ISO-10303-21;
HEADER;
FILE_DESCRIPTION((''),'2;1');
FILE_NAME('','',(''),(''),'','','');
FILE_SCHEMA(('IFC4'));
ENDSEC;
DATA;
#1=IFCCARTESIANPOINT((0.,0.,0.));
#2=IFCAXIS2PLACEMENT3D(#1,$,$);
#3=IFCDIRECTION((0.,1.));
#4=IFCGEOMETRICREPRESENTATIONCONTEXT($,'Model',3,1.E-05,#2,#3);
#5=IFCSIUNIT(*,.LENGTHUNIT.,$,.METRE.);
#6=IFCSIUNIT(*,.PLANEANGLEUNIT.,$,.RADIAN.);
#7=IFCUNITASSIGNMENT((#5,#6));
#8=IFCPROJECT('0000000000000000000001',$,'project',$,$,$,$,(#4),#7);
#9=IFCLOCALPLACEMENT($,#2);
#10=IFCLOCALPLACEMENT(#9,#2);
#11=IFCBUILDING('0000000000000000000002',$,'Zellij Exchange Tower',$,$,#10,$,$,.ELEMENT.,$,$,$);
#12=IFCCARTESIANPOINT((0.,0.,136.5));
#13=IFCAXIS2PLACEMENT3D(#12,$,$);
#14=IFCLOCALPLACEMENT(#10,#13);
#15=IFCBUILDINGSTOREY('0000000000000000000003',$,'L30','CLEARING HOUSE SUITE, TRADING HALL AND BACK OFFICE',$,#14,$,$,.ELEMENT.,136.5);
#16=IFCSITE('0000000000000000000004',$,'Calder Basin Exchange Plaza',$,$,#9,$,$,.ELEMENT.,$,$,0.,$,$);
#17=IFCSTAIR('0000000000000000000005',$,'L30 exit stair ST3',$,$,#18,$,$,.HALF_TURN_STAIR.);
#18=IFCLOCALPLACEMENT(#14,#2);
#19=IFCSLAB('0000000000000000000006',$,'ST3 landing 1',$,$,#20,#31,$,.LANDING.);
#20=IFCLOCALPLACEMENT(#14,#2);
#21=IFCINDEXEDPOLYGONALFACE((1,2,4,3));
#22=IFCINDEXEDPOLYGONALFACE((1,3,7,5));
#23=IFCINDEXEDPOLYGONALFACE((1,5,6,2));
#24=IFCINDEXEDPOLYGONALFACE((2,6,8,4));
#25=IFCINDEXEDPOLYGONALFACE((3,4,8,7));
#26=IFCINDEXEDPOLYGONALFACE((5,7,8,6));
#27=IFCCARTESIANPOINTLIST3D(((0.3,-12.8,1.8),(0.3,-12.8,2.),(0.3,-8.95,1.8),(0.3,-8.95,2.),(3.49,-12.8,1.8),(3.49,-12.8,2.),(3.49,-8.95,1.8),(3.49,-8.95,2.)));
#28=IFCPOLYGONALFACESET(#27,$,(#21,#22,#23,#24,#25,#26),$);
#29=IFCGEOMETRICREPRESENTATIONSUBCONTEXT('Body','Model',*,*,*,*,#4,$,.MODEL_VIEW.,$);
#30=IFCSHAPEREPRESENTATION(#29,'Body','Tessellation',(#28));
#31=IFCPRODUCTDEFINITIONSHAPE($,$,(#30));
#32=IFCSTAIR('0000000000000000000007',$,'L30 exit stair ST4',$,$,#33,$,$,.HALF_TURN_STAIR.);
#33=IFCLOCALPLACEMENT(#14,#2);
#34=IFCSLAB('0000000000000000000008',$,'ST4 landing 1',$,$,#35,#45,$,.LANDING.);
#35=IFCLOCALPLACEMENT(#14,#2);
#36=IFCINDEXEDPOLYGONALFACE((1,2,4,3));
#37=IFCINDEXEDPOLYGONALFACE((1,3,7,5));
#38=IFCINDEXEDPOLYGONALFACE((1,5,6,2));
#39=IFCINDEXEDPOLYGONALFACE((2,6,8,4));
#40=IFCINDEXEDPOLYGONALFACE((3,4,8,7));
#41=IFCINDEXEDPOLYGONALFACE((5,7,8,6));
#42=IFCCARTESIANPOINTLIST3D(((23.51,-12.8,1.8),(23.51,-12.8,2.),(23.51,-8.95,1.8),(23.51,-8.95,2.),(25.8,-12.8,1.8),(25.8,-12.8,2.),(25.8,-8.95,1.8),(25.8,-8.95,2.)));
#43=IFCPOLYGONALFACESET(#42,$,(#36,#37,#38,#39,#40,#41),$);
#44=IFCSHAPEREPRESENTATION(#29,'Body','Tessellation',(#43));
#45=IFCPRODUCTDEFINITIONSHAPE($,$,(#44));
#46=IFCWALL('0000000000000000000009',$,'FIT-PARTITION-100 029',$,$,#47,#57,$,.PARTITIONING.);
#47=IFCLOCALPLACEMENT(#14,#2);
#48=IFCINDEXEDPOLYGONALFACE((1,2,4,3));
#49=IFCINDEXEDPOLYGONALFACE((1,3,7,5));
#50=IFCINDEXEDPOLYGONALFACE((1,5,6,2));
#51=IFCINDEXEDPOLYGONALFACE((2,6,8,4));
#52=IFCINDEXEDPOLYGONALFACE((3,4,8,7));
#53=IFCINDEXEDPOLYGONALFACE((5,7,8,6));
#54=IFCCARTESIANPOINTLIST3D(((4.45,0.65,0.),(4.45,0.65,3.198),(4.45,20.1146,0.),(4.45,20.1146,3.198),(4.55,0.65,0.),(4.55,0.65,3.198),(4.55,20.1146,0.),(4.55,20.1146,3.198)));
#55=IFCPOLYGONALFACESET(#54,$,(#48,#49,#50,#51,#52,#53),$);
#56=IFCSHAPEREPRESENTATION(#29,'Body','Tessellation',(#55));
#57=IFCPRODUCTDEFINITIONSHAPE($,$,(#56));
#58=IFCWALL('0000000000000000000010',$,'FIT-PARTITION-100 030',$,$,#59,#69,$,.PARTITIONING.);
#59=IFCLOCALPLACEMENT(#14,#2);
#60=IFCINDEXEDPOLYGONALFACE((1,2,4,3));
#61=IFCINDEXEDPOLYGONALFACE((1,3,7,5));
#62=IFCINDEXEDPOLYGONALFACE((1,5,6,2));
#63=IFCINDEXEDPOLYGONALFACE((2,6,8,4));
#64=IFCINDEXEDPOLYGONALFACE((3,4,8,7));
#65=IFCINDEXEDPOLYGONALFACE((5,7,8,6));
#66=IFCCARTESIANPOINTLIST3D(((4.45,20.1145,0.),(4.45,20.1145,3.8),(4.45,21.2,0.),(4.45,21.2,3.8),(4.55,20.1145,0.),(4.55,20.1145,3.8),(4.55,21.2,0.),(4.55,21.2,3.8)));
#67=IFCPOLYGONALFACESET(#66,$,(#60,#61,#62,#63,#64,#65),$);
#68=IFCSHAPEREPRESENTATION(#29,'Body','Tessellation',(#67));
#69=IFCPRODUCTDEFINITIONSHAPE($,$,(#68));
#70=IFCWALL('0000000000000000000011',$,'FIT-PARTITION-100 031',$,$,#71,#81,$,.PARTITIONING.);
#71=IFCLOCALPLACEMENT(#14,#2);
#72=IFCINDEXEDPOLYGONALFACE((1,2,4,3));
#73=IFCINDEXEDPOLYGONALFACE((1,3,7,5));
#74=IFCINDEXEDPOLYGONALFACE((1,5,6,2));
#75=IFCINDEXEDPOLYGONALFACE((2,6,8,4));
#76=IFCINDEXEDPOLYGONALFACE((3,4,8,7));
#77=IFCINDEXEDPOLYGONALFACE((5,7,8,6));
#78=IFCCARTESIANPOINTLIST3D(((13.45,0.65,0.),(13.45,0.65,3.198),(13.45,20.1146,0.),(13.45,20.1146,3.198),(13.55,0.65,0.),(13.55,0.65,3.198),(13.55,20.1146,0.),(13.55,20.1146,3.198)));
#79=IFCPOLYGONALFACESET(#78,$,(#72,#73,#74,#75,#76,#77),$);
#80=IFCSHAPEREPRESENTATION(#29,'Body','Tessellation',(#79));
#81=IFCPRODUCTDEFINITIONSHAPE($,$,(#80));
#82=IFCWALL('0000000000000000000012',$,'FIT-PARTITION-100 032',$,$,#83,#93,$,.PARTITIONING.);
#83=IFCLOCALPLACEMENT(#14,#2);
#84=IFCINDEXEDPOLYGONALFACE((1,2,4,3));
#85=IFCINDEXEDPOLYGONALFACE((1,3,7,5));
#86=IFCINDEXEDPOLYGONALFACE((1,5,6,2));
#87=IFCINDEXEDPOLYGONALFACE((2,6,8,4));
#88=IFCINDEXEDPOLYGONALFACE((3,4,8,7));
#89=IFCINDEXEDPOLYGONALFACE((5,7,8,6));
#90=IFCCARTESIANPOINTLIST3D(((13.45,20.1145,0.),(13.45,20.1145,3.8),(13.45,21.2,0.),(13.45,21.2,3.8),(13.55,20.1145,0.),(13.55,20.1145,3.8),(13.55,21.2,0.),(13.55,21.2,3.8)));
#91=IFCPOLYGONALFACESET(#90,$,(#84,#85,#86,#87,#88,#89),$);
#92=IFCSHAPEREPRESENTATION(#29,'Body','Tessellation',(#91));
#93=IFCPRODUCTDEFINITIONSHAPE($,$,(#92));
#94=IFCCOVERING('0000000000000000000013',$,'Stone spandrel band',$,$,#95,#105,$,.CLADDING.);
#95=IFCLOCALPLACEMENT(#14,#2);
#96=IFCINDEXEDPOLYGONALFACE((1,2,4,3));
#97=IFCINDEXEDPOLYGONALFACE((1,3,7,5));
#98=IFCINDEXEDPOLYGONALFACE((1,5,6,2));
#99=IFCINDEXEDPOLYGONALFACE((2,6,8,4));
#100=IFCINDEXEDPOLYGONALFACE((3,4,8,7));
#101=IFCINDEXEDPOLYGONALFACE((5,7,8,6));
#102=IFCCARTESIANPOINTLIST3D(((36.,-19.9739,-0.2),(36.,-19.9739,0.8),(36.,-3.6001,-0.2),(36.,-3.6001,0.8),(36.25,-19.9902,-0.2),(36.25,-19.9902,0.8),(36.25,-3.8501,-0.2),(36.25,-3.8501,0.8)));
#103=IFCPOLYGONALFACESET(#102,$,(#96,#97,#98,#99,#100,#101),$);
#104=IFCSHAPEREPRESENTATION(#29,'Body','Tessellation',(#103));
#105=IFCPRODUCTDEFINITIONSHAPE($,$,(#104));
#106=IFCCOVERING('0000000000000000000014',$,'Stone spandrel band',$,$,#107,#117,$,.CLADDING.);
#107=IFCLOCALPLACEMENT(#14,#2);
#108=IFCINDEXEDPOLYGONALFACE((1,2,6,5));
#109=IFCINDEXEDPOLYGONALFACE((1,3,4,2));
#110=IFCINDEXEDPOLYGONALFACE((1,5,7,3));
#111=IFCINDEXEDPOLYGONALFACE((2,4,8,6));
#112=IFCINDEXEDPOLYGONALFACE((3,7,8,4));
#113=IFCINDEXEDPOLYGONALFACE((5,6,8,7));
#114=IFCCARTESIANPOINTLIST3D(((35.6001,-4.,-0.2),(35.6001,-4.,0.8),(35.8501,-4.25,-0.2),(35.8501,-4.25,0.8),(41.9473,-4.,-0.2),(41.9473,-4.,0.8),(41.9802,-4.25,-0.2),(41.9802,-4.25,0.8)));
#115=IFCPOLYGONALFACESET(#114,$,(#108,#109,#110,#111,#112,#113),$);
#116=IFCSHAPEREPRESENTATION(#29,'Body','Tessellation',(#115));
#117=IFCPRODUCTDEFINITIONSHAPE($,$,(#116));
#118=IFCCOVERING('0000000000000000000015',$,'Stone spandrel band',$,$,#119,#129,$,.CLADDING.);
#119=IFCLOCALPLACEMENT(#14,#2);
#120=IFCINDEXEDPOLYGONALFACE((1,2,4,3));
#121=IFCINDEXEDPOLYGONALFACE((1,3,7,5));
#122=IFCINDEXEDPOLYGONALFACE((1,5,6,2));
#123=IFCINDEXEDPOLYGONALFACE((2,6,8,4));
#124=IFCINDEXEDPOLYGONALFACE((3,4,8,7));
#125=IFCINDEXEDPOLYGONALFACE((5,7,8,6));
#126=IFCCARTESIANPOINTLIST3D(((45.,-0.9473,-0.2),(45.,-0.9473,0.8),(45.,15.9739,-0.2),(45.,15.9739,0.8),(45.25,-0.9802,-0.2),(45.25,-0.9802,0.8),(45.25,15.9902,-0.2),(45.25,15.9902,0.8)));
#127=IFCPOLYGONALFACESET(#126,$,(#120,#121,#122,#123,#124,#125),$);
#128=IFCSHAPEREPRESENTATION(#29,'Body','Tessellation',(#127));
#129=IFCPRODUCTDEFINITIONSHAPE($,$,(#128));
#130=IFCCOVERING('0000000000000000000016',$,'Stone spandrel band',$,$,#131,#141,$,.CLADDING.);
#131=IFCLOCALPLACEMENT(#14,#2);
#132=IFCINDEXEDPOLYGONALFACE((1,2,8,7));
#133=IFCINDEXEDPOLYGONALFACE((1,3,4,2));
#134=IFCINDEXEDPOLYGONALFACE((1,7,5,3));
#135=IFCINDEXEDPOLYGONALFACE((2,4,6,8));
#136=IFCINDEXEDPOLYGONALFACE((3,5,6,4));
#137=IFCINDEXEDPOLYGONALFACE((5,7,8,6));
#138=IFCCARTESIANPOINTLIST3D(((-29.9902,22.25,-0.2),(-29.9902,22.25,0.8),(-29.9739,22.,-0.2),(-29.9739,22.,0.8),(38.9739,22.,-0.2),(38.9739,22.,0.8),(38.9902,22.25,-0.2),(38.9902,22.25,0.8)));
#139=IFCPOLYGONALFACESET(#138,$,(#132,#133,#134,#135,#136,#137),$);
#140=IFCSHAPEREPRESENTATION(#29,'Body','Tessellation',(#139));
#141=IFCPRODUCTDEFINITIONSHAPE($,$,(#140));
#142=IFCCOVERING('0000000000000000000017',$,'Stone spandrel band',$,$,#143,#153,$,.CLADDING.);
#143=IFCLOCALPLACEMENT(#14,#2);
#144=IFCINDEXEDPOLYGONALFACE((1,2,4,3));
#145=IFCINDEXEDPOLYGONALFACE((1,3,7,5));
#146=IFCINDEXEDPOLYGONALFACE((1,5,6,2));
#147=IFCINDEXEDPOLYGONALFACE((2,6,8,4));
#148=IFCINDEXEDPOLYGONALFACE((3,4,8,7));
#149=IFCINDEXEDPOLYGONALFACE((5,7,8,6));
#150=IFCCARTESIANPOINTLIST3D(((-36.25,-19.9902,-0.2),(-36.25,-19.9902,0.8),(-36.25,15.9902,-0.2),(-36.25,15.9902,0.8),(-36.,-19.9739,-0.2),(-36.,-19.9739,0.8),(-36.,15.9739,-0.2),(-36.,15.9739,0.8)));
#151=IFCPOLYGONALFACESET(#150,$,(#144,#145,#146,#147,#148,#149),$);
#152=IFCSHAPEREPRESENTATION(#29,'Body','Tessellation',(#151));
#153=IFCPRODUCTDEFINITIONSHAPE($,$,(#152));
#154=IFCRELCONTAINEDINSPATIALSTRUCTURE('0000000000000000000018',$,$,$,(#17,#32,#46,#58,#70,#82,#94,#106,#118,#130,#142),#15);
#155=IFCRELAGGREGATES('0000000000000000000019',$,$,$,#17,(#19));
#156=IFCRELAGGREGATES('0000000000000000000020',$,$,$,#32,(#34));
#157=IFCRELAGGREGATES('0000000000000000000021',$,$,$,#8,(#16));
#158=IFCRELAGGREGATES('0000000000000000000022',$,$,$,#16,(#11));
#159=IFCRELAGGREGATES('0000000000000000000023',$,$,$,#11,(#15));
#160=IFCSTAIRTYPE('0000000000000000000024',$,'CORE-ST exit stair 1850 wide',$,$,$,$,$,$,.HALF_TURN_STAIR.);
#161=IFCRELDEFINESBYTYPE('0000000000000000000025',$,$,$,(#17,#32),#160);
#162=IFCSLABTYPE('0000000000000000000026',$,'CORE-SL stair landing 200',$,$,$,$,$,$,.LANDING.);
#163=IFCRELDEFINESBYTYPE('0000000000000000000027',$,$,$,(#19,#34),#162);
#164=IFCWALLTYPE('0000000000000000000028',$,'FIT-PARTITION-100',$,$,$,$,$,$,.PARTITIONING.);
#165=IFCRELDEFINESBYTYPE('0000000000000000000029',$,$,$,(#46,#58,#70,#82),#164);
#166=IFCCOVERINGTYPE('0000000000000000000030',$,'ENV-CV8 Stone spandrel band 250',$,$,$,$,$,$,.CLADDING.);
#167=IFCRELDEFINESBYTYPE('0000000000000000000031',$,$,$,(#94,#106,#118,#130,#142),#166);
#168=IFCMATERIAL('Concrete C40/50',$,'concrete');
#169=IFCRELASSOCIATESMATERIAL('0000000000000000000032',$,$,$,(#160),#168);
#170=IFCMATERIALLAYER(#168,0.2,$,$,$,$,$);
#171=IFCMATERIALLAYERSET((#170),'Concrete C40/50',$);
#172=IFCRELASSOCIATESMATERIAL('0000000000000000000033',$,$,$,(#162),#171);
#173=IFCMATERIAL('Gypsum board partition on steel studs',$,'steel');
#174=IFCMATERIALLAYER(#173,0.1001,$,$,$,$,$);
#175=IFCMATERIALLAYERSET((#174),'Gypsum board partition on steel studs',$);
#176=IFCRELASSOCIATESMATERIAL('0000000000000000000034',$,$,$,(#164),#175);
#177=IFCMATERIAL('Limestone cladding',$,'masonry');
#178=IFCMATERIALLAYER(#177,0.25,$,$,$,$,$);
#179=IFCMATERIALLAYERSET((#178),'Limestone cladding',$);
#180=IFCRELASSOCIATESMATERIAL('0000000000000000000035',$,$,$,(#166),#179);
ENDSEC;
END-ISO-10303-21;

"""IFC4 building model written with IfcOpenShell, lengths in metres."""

from ifc_helpers import new_model, si_unit, direction, frame, frame_2d, origin, place, context, subcontext, project, spatial, polyline, rectangle, outline, extrude, material, layer, layer_set, type_object, element, aggregate, save


model = new_model("IFC4")

# Units and contexts
model_context = context("Model", 3, precision=1e-05, world=origin(), true_north=direction((0.0, 1.0)))
body_context = subcontext(model_context, "Body", "Model", "MODEL_VIEW")
ifc_project = project(units=[si_unit("LENGTHUNIT", "METRE"), si_unit("PLANEANGLEUNIT", "RADIAN")], contexts=[model_context])

# Site, building, storey
site_placement = place(None, origin())
site = spatial("IfcSite", under=ifc_project, at=site_placement, Name="Calder Basin Exchange Plaza", CompositionType="ELEMENT", RefElevation=0.0)
building_placement = place(site_placement, origin())
building = spatial("IfcBuilding", under=site, at=building_placement, Name="Zellij Exchange Tower", CompositionType="ELEMENT")
storey_placement = place(building_placement, frame((0.0, 0.0, 136.5)))
storey = spatial("IfcBuildingStorey", under=building, at=storey_placement, Name="L30", Description="CLEARING HOUSE SUITE, TRADING HALL AND BACK OFFICE", CompositionType="ELEMENT", Elevation=136.5)

# Stairs, slabs
ifc_material_1 = material(Name="Concrete C40/50", Category="concrete")
stair_type = type_object("IfcStairType", Name="CORE-ST exit stair 1850 wide", PredefinedType="HALF_TURN_STAIR", material=ifc_material_1)
ifc_layer_1 = layer(ifc_material_1, 0.2)
ifc_layer_set_1 = layer_set([ifc_layer_1], Name="Concrete C40/50")
slab_type = type_object("IfcSlabType", Name="CORE-SL stair landing 200", PredefinedType="LANDING", material=ifc_layer_set_1)
stair_1_placement = place(storey_placement, origin())
stair_1 = element("IfcStair", 1, at=stair_1_placement, inside=storey, type_object=stair_type, Name="L30 exit stair ST3", PredefinedType="HALF_TURN_STAIR")
slab_1_placement = place(storey_placement, frame((0.0, 0.0, 1.8)))
slab_1 = element("IfcSlab", 2, at=slab_1_placement, type_object=slab_type, Name="ST3 landing 1", PredefinedType="LANDING", context=body_context, shape_type="SweptSolid", body=[
    extrude(outline(polyline([(3.49, -8.95), (0.3, -8.95), (0.3, -12.8), (3.49, -12.8), (3.49, -8.95)])), origin(), (0.0, 0.0, 1.0), 0.2),
])
aggregate(stair_1, [slab_1])
stair_2_placement = place(storey_placement, origin())
stair_2 = element("IfcStair", 3, at=stair_2_placement, inside=storey, type_object=stair_type, Name="L30 exit stair ST4", PredefinedType="HALF_TURN_STAIR")
slab_2_placement = place(storey_placement, frame((0.0, 0.0, 1.8)))
slab_2 = element("IfcSlab", 4, at=slab_2_placement, type_object=slab_type, Name="ST4 landing 1", PredefinedType="LANDING", context=body_context, shape_type="SweptSolid", body=[
    extrude(outline(polyline([(23.51, -12.8), (25.8, -12.8), (25.8, -8.95), (23.51, -8.95), (23.51, -12.8)])), origin(), (0.0, 0.0, 1.0), 0.2),
])
aggregate(stair_2, [slab_2])

# Walls
ifc_material_2 = material(Name="Gypsum board partition on steel studs", Category="steel")
ifc_layer_2 = layer(ifc_material_2, 0.1001)
ifc_layer_set_2 = layer_set([ifc_layer_2], Name="Gypsum board partition on steel studs")
wall_type = type_object("IfcWallType", Name="FIT-PARTITION-100", PredefinedType="PARTITIONING", material=ifc_layer_set_2)
wall_1_placement = place(storey_placement, frame((4.5, 0.6499, 0.0), z_axis=(0.0, 0.0, 1.0), x_axis=(0.0, 1.0, 0.0)))
element("IfcWall", 5, at=wall_1_placement, inside=storey, type_object=wall_type, Name="FIT-PARTITION-100 029", PredefinedType="PARTITIONING", context=body_context, shape_type="SweptSolid", body=[
    extrude(rectangle(XDim=19.4646, YDim=0.1001, at=frame_2d((9.7324, 0.0))), origin(), (0.0, 0.0, 1.0), 3.198),
])
wall_2_placement = place(storey_placement, frame((4.5, 20.1145, 0.0), z_axis=(0.0, 0.0, 1.0), x_axis=(0.0, 1.0, 0.0)))
element("IfcWall", 6, at=wall_2_placement, inside=storey, type_object=wall_type, Name="FIT-PARTITION-100 030", PredefinedType="PARTITIONING", context=body_context, shape_type="SweptSolid", body=[
    extrude(rectangle(XDim=1.0854, YDim=0.1001, at=frame_2d((0.5427, 0.0))), origin(), (0.0, 0.0, 1.0), 3.8),
])
wall_3_placement = place(storey_placement, frame((13.5, 0.6499, 0.0), z_axis=(0.0, 0.0, 1.0), x_axis=(0.0, 1.0, 0.0)))
element("IfcWall", 7, at=wall_3_placement, inside=storey, type_object=wall_type, Name="FIT-PARTITION-100 031", PredefinedType="PARTITIONING", context=body_context, shape_type="SweptSolid", body=[
    extrude(rectangle(XDim=19.4646, YDim=0.1001, at=frame_2d((9.7324, 0.0))), origin(), (0.0, 0.0, 1.0), 3.198),
])
wall_4_placement = place(storey_placement, frame((13.5, 20.1145, 0.0), z_axis=(0.0, 0.0, 1.0), x_axis=(0.0, 1.0, 0.0)))
element("IfcWall", 8, at=wall_4_placement, inside=storey, type_object=wall_type, Name="FIT-PARTITION-100 032", PredefinedType="PARTITIONING", context=body_context, shape_type="SweptSolid", body=[
    extrude(rectangle(XDim=1.0854, YDim=0.1001, at=frame_2d((0.5427, 0.0))), origin(), (0.0, 0.0, 1.0), 3.8),
])

# Coverings
ifc_material_3 = material(Name="Limestone cladding", Category="masonry")
ifc_layer_3 = layer(ifc_material_3, 0.25)
ifc_layer_set_3 = layer_set([ifc_layer_3], Name="Limestone cladding")
covering_type = type_object("IfcCoveringType", Name="ENV-CV8 Stone spandrel band 250", PredefinedType="CLADDING", material=ifc_layer_set_3)
covering_1_placement = place(storey_placement, frame((0.0, 0.0, -0.2)))
element("IfcCovering", 9, at=covering_1_placement, inside=storey, type_object=covering_type, Name="Stone spandrel band", PredefinedType="CLADDING", context=body_context, shape_type="SweptSolid", body=[
    extrude(outline(polyline([(36.0, -19.9739), (36.0, -3.6001), (36.25, -3.8501), (36.25, -19.9902), (36.0, -19.9739)])), origin(), (0.0, 0.0, 1.0), 1.0),
])
covering_2_placement = place(storey_placement, frame((0.0, 0.0, -0.2)))
element("IfcCovering", 10, at=covering_2_placement, inside=storey, type_object=covering_type, Name="Stone spandrel band", PredefinedType="CLADDING", context=body_context, shape_type="SweptSolid", body=[
    extrude(outline(polyline([(35.6001, -4.0), (41.9473, -4.0), (41.9802, -4.25), (35.8501, -4.25), (35.6001, -4.0)])), origin(), (0.0, 0.0, 1.0), 1.0),
])
covering_3_placement = place(storey_placement, frame((0.0, 0.0, -0.2)))
element("IfcCovering", 11, at=covering_3_placement, inside=storey, type_object=covering_type, Name="Stone spandrel band", PredefinedType="CLADDING", context=body_context, shape_type="SweptSolid", body=[
    extrude(outline(polyline([(45.0, -0.9473), (45.0, 15.9739), (45.25, 15.9902), (45.25, -0.9802), (45.0, -0.9473)])), origin(), (0.0, 0.0, 1.0), 1.0),
])
covering_4_placement = place(storey_placement, frame((0.0, 0.0, -0.2)))
element("IfcCovering", 12, at=covering_4_placement, inside=storey, type_object=covering_type, Name="Stone spandrel band", PredefinedType="CLADDING", context=body_context, shape_type="SweptSolid", body=[
    extrude(outline(polyline([(38.9739, 22.0), (-29.9739, 22.0), (-29.9902, 22.25), (38.9902, 22.25), (38.9739, 22.0)])), origin(), (0.0, 0.0, 1.0), 1.0),
])
covering_5_placement = place(storey_placement, frame((0.0, 0.0, -0.2)))
element("IfcCovering", 13, at=covering_5_placement, inside=storey, type_object=covering_type, Name="Stone spandrel band", PredefinedType="CLADDING", context=body_context, shape_type="SweptSolid", body=[
    extrude(outline(polyline([(-36.0, 15.9739), (-36.0, -19.9739), (-36.25, -19.9902), (-36.25, 15.9902), (-36.0, 15.9739)])), origin(), (0.0, 0.0, 1.0), 1.0),
])

save(model, "model.ifc")
